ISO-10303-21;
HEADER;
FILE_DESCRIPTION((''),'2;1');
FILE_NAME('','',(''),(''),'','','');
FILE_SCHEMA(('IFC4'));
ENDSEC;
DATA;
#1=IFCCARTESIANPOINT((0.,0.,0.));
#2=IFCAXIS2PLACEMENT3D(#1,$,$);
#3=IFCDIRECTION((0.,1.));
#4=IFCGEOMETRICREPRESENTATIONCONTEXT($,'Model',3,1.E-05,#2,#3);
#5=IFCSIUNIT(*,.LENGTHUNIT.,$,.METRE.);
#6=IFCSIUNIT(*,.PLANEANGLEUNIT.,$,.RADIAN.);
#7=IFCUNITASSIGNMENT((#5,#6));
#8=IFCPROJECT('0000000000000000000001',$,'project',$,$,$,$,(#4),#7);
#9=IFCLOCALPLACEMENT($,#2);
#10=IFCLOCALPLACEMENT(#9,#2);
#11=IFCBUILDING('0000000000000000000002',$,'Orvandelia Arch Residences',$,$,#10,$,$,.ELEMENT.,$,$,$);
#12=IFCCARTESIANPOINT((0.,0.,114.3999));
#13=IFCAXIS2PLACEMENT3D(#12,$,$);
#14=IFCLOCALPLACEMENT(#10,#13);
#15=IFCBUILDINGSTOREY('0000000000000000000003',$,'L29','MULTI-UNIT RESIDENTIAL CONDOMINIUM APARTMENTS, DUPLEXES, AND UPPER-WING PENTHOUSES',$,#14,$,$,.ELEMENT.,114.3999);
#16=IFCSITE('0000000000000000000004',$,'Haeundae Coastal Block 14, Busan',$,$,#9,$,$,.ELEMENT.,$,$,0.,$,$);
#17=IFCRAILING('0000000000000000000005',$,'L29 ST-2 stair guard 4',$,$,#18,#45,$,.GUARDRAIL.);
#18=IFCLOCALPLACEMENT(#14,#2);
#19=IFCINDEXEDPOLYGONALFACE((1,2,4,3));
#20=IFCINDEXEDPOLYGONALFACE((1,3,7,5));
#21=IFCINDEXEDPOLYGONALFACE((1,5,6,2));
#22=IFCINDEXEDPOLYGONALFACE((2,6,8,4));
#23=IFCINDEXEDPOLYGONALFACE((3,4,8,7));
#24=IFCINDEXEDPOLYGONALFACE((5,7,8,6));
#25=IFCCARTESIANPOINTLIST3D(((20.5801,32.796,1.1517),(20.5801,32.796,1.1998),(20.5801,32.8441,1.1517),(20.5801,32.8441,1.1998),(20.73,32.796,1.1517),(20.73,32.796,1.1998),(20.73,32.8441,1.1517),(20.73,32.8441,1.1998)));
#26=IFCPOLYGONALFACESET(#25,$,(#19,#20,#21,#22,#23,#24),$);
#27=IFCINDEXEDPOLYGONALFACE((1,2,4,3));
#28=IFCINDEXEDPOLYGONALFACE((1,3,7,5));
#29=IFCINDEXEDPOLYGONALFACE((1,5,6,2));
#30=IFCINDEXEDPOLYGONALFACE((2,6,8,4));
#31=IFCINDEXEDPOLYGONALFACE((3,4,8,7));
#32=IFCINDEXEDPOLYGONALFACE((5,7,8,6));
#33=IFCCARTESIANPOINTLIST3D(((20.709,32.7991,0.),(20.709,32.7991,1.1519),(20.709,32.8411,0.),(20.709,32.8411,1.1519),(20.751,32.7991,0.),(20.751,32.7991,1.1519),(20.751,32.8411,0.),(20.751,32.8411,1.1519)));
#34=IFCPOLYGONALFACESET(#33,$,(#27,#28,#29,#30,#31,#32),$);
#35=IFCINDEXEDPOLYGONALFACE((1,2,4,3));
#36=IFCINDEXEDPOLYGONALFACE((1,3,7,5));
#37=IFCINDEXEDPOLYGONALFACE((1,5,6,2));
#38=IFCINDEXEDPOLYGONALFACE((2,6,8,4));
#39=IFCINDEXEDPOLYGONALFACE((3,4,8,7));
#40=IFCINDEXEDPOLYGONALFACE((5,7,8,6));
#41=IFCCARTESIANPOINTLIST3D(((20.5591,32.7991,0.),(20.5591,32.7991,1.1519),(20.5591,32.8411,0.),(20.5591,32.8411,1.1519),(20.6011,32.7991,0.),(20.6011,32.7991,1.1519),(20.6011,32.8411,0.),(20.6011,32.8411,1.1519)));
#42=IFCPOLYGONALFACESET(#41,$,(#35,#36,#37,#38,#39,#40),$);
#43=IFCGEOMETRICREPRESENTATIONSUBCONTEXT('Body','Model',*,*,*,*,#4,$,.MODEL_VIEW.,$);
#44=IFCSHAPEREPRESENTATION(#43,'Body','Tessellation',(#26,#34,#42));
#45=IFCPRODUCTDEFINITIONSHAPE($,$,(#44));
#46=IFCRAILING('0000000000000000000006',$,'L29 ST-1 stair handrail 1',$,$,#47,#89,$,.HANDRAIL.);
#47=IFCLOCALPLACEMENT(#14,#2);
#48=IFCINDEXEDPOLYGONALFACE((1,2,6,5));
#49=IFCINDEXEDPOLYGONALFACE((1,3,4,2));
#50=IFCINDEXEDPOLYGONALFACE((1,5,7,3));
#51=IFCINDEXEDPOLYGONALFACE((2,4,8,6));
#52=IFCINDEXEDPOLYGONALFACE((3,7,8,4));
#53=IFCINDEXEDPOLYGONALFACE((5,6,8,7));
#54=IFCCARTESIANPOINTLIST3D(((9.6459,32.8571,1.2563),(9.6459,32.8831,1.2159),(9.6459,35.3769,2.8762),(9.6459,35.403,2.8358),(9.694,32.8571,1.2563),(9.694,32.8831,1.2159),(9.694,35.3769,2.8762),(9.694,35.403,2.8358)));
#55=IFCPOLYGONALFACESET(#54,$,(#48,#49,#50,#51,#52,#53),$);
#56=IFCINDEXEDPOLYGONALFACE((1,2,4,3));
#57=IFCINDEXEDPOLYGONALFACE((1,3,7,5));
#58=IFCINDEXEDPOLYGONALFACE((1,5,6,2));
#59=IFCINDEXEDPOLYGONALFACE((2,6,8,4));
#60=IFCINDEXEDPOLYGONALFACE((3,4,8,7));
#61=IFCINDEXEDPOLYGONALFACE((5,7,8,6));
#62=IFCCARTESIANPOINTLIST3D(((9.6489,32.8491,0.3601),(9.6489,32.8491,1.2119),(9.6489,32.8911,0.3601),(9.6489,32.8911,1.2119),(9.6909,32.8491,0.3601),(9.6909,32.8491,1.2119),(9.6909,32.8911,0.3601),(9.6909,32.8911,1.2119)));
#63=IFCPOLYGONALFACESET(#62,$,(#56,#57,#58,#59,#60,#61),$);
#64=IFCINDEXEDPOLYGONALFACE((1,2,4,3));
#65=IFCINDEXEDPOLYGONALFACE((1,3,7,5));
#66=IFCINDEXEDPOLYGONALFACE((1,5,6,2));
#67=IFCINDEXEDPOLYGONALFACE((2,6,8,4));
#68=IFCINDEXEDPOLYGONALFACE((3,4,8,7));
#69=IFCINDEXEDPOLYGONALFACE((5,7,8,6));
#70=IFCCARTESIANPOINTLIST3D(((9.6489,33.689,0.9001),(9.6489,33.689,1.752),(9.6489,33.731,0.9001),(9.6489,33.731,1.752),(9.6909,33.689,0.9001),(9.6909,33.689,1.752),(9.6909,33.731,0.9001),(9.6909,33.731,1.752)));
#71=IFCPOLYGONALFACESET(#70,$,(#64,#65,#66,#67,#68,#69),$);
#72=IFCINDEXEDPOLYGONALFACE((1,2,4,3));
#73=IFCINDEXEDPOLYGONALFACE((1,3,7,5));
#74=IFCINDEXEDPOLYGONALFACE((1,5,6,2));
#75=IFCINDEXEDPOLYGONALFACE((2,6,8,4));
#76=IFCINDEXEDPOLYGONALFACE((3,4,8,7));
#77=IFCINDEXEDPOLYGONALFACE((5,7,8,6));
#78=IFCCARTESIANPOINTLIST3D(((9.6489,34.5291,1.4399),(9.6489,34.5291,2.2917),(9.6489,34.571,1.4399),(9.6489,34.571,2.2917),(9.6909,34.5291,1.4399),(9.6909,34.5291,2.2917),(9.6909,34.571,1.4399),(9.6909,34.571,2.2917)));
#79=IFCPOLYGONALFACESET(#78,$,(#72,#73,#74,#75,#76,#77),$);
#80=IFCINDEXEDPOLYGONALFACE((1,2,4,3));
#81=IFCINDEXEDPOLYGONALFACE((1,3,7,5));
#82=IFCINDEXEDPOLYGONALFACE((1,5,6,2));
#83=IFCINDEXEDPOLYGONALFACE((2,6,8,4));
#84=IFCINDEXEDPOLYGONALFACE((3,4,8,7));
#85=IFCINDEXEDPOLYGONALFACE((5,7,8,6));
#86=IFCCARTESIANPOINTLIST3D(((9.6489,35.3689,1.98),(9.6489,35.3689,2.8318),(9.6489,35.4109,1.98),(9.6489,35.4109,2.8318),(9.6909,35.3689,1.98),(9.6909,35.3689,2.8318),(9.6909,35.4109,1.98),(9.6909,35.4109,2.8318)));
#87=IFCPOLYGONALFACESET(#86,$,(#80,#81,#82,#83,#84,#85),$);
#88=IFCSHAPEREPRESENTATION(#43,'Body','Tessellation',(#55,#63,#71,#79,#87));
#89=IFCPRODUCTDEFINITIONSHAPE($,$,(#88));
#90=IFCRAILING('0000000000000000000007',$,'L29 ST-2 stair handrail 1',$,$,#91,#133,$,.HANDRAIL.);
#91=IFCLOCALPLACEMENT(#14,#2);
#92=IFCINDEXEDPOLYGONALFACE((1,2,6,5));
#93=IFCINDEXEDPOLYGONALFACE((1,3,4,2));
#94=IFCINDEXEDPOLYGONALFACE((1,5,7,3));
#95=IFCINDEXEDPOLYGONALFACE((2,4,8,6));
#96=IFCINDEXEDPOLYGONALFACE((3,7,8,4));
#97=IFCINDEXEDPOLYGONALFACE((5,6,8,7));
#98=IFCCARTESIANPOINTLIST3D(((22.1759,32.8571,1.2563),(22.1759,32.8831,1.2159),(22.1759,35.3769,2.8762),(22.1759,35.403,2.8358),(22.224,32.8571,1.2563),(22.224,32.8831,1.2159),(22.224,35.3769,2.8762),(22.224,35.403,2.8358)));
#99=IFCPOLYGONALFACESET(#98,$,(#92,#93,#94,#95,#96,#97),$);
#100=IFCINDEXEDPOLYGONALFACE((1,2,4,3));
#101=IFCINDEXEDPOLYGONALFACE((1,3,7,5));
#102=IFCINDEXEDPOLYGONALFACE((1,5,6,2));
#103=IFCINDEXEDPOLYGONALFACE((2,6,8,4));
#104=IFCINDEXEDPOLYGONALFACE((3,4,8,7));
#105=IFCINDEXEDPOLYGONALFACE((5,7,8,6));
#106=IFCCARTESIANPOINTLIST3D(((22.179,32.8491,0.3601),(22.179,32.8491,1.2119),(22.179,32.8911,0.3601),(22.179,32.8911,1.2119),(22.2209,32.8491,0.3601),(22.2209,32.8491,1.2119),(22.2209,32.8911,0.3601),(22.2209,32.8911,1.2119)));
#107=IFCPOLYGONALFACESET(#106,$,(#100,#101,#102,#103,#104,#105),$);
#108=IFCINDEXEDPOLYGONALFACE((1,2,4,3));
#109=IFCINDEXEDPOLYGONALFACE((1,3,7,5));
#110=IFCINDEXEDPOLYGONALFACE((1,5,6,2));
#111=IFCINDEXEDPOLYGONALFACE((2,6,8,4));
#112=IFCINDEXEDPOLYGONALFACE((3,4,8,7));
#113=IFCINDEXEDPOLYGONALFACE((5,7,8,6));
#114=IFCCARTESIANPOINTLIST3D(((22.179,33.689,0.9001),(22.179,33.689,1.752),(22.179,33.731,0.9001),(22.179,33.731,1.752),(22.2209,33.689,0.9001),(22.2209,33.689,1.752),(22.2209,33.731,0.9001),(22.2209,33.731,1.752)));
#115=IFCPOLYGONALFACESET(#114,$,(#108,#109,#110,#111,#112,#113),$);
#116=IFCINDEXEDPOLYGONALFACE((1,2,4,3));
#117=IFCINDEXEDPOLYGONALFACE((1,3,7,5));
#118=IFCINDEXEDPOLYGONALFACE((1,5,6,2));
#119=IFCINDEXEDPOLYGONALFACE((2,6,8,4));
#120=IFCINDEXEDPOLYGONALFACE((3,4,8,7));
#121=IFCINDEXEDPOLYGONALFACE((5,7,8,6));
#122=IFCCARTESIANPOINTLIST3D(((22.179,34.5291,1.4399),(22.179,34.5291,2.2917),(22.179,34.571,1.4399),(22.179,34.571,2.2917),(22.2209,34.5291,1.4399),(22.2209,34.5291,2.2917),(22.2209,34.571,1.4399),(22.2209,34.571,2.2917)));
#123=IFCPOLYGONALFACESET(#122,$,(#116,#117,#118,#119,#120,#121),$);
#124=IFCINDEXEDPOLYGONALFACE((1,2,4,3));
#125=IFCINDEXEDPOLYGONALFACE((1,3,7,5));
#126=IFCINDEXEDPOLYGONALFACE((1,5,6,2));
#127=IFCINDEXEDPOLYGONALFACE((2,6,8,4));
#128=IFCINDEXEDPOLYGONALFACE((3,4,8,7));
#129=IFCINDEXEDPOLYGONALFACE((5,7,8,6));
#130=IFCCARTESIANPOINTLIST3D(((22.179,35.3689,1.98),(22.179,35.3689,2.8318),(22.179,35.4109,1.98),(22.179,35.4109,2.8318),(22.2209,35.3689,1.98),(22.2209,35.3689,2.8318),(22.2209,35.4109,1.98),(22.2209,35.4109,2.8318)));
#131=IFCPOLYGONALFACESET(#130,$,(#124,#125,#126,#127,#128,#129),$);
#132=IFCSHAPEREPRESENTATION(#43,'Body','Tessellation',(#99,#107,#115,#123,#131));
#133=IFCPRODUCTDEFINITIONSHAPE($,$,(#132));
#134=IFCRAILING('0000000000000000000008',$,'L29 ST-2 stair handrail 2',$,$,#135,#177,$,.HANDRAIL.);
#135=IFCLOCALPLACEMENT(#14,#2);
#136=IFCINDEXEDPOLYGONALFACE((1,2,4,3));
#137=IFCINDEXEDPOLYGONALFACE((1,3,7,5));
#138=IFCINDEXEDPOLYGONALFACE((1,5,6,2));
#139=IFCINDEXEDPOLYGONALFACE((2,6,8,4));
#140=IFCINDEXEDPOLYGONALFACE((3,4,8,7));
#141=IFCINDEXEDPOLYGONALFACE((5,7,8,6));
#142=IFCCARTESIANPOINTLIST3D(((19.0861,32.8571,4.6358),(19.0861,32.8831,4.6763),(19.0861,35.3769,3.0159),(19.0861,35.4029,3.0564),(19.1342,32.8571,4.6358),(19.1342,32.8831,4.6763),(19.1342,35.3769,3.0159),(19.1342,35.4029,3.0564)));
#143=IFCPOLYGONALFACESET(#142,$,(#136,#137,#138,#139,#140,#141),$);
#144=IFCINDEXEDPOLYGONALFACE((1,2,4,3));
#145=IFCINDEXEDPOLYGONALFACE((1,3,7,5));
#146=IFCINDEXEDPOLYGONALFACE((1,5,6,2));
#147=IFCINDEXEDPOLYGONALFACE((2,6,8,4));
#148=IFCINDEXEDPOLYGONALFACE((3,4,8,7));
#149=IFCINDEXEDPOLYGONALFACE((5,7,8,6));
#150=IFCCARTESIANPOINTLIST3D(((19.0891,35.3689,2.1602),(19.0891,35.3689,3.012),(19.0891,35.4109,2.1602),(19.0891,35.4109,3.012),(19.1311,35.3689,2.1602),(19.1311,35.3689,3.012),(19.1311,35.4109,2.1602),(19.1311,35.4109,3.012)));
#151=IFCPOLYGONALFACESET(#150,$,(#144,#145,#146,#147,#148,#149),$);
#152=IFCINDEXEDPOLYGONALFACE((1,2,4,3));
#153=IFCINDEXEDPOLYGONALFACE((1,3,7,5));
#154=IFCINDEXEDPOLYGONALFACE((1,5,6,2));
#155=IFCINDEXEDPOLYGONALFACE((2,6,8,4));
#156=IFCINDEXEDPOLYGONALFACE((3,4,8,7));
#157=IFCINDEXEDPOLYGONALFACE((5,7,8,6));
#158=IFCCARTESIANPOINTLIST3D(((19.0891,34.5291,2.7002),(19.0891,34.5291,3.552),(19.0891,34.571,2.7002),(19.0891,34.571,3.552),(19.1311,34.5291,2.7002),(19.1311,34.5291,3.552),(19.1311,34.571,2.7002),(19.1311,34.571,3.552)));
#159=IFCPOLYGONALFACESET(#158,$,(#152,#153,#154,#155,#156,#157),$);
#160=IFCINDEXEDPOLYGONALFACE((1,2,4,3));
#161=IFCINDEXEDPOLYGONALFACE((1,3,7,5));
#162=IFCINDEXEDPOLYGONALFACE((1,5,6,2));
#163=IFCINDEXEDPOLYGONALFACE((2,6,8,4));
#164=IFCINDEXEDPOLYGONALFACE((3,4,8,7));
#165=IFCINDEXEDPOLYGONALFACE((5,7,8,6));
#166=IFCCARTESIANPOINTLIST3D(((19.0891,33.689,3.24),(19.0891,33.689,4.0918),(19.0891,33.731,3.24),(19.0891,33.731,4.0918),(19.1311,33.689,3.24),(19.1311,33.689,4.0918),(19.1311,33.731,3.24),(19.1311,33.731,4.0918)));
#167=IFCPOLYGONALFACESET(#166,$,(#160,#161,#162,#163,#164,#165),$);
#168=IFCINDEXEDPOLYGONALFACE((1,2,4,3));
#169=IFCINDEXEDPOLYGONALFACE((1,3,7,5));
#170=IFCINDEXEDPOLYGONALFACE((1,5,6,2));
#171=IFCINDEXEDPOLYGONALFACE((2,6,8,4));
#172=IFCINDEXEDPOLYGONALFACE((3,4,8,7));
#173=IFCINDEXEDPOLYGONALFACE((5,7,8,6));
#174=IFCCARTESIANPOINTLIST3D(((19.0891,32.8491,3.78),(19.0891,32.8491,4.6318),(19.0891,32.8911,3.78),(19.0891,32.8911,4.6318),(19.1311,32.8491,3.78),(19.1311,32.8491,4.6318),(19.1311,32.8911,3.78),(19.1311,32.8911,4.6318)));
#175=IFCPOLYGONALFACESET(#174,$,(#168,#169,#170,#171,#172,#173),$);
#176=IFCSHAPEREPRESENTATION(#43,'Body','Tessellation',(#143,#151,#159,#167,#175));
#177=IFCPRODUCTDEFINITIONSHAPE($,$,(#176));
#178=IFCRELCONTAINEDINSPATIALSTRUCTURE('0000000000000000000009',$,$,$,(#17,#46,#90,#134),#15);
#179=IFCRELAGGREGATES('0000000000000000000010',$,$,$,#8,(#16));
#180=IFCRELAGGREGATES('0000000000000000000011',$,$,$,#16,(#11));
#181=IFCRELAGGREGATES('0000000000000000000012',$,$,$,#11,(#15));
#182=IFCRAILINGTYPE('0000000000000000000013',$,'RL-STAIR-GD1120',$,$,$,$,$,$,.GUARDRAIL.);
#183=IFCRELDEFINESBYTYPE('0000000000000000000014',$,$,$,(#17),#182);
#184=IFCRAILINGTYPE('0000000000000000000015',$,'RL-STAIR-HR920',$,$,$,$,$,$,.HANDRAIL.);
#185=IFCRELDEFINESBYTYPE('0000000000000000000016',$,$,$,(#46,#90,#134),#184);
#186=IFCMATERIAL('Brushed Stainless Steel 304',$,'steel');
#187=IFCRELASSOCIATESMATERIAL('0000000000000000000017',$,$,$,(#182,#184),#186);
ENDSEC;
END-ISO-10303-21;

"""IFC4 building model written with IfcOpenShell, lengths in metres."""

from ifc_helpers import new_model, si_unit, direction, frame, origin, origin_2d, place, context, subcontext, project, spatial, rectangle, extrude, material, type_object, element, save


model = new_model("IFC4")

# Units and contexts
model_context = context("Model", 3, precision=1e-05, world=origin(), true_north=direction((0.0, 1.0)))
body_context = subcontext(model_context, "Body", "Model", "MODEL_VIEW")
ifc_project = project(units=[si_unit("LENGTHUNIT", "METRE"), si_unit("PLANEANGLEUNIT", "RADIAN")], contexts=[model_context])

# Site, building, storey
site_placement = place(None, origin())
site = spatial("IfcSite", under=ifc_project, at=site_placement, Name="Haeundae Coastal Block 14, Busan", CompositionType="ELEMENT", RefElevation=0.0)
building_placement = place(site_placement, origin())
building = spatial("IfcBuilding", under=site, at=building_placement, Name="Orvandelia Arch Residences", CompositionType="ELEMENT")
storey_placement = place(building_placement, frame((0.0, 0.0, 114.3999)))
storey = spatial("IfcBuildingStorey", under=building, at=storey_placement, Name="L29", Description="MULTI-UNIT RESIDENTIAL CONDOMINIUM APARTMENTS, DUPLEXES, AND UPPER-WING PENTHOUSES", CompositionType="ELEMENT", Elevation=114.3999)

# Railings
ifc_material_1 = material(Name="Brushed Stainless Steel 304", Category="steel")
railing_type_1 = type_object("IfcRailingType", Name="RL-STAIR-GD1120", PredefinedType="GUARDRAIL", material=ifc_material_1)
railing_1_placement = place(storey_placement, frame((20.73, 32.8201, 0.0)))
element("IfcRailing", 1, at=railing_1_placement, inside=storey, type_object=railing_type_1, Name="L29 ST-2 stair guard 4", PredefinedType="GUARDRAIL", context=body_context, shape_type="SweptSolid", body=[
    extrude(rectangle(XDim=0.0481, YDim=0.0481, at=origin_2d()), frame((0.0, 0.0, 1.1758), z_axis=(-1.0, 0.0, 0.0), x_axis=(0.0, -1.0, 0.0)), (0.0, 0.0, 1.0), 0.1499),
    extrude(rectangle(XDim=0.042, YDim=0.042, at=origin_2d()), origin(), (0.0, 0.0, 1.0), 1.1519),
    extrude(rectangle(XDim=0.042, YDim=0.042, at=origin_2d()), frame((-0.1499, 0.0, 0.0)), (0.0, 0.0, 1.0), 1.1519),
])
railing_type_2 = type_object("IfcRailingType", Name="RL-STAIR-HR920", PredefinedType="HANDRAIL", material=ifc_material_1)
for number, where, name in (
    (2, (9.6699, 32.8701, 0.3601), "L29 ST-1 stair handrail 1"),
    (3, (22.2, 32.8701, 0.3601), "L29 ST-2 stair handrail 1"),
):
    element("IfcRailing", number, at=place(storey_placement, frame(where)), inside=storey, type_object=railing_type_2, Name=name, PredefinedType="HANDRAIL", context=body_context, shape_type="SweptSolid", body=[
        extrude(rectangle(XDim=0.0481, YDim=0.0481, at=origin_2d()), frame((0.0, 0.0, 0.876), z_axis=(0.0, 0.841176, 0.540762), x_axis=(-1.0, 0.0, 0.0)), (0.0, 0.0, 1.0), 2.9956),
        extrude(rectangle(XDim=0.042, YDim=0.042, at=origin_2d()), origin(), (0.0, 0.0, 1.0), 0.8518),
        extrude(rectangle(XDim=0.042, YDim=0.042, at=origin_2d()), frame((0.0, 0.8398, 0.54)), (0.0, 0.0, 1.0), 0.8518),
        extrude(rectangle(XDim=0.042, YDim=0.042, at=origin_2d()), frame((0.0, 1.6799, 1.0798)), (0.0, 0.0, 1.0), 0.8518),
        extrude(rectangle(XDim=0.042, YDim=0.042, at=origin_2d()), frame((0.0, 2.5198, 1.6199)), (0.0, 0.0, 1.0), 0.8518),
    ])
railing_2_placement = place(storey_placement, frame((19.1101, 35.3899, 2.1602)))
element("IfcRailing", 4, at=railing_2_placement, inside=storey, type_object=railing_type_2, Name="L29 ST-2 stair handrail 2", PredefinedType="HANDRAIL", context=body_context, shape_type="SweptSolid", body=[
    extrude(rectangle(XDim=0.0481, YDim=0.0481, at=origin_2d()), frame((0.0, 0.0, 0.876), z_axis=(0.0, -0.841176, 0.540762), x_axis=(1.0, 0.0, 0.0)), (0.0, 0.0, 1.0), 2.9956),
    extrude(rectangle(XDim=0.042, YDim=0.042, at=origin_2d()), origin(), (0.0, 0.0, 1.0), 0.8518),
    extrude(rectangle(XDim=0.042, YDim=0.042, at=origin_2d()), frame((0.0, -0.8398, 0.54)), (0.0, 0.0, 1.0), 0.8518),
    extrude(rectangle(XDim=0.042, YDim=0.042, at=origin_2d()), frame((0.0, -1.6799, 1.0798)), (0.0, 0.0, 1.0), 0.8518),
    extrude(rectangle(XDim=0.042, YDim=0.042, at=origin_2d()), frame((0.0, -2.5198, 1.6199)), (0.0, 0.0, 1.0), 0.8518),
])

save(model, "model.ifc")
